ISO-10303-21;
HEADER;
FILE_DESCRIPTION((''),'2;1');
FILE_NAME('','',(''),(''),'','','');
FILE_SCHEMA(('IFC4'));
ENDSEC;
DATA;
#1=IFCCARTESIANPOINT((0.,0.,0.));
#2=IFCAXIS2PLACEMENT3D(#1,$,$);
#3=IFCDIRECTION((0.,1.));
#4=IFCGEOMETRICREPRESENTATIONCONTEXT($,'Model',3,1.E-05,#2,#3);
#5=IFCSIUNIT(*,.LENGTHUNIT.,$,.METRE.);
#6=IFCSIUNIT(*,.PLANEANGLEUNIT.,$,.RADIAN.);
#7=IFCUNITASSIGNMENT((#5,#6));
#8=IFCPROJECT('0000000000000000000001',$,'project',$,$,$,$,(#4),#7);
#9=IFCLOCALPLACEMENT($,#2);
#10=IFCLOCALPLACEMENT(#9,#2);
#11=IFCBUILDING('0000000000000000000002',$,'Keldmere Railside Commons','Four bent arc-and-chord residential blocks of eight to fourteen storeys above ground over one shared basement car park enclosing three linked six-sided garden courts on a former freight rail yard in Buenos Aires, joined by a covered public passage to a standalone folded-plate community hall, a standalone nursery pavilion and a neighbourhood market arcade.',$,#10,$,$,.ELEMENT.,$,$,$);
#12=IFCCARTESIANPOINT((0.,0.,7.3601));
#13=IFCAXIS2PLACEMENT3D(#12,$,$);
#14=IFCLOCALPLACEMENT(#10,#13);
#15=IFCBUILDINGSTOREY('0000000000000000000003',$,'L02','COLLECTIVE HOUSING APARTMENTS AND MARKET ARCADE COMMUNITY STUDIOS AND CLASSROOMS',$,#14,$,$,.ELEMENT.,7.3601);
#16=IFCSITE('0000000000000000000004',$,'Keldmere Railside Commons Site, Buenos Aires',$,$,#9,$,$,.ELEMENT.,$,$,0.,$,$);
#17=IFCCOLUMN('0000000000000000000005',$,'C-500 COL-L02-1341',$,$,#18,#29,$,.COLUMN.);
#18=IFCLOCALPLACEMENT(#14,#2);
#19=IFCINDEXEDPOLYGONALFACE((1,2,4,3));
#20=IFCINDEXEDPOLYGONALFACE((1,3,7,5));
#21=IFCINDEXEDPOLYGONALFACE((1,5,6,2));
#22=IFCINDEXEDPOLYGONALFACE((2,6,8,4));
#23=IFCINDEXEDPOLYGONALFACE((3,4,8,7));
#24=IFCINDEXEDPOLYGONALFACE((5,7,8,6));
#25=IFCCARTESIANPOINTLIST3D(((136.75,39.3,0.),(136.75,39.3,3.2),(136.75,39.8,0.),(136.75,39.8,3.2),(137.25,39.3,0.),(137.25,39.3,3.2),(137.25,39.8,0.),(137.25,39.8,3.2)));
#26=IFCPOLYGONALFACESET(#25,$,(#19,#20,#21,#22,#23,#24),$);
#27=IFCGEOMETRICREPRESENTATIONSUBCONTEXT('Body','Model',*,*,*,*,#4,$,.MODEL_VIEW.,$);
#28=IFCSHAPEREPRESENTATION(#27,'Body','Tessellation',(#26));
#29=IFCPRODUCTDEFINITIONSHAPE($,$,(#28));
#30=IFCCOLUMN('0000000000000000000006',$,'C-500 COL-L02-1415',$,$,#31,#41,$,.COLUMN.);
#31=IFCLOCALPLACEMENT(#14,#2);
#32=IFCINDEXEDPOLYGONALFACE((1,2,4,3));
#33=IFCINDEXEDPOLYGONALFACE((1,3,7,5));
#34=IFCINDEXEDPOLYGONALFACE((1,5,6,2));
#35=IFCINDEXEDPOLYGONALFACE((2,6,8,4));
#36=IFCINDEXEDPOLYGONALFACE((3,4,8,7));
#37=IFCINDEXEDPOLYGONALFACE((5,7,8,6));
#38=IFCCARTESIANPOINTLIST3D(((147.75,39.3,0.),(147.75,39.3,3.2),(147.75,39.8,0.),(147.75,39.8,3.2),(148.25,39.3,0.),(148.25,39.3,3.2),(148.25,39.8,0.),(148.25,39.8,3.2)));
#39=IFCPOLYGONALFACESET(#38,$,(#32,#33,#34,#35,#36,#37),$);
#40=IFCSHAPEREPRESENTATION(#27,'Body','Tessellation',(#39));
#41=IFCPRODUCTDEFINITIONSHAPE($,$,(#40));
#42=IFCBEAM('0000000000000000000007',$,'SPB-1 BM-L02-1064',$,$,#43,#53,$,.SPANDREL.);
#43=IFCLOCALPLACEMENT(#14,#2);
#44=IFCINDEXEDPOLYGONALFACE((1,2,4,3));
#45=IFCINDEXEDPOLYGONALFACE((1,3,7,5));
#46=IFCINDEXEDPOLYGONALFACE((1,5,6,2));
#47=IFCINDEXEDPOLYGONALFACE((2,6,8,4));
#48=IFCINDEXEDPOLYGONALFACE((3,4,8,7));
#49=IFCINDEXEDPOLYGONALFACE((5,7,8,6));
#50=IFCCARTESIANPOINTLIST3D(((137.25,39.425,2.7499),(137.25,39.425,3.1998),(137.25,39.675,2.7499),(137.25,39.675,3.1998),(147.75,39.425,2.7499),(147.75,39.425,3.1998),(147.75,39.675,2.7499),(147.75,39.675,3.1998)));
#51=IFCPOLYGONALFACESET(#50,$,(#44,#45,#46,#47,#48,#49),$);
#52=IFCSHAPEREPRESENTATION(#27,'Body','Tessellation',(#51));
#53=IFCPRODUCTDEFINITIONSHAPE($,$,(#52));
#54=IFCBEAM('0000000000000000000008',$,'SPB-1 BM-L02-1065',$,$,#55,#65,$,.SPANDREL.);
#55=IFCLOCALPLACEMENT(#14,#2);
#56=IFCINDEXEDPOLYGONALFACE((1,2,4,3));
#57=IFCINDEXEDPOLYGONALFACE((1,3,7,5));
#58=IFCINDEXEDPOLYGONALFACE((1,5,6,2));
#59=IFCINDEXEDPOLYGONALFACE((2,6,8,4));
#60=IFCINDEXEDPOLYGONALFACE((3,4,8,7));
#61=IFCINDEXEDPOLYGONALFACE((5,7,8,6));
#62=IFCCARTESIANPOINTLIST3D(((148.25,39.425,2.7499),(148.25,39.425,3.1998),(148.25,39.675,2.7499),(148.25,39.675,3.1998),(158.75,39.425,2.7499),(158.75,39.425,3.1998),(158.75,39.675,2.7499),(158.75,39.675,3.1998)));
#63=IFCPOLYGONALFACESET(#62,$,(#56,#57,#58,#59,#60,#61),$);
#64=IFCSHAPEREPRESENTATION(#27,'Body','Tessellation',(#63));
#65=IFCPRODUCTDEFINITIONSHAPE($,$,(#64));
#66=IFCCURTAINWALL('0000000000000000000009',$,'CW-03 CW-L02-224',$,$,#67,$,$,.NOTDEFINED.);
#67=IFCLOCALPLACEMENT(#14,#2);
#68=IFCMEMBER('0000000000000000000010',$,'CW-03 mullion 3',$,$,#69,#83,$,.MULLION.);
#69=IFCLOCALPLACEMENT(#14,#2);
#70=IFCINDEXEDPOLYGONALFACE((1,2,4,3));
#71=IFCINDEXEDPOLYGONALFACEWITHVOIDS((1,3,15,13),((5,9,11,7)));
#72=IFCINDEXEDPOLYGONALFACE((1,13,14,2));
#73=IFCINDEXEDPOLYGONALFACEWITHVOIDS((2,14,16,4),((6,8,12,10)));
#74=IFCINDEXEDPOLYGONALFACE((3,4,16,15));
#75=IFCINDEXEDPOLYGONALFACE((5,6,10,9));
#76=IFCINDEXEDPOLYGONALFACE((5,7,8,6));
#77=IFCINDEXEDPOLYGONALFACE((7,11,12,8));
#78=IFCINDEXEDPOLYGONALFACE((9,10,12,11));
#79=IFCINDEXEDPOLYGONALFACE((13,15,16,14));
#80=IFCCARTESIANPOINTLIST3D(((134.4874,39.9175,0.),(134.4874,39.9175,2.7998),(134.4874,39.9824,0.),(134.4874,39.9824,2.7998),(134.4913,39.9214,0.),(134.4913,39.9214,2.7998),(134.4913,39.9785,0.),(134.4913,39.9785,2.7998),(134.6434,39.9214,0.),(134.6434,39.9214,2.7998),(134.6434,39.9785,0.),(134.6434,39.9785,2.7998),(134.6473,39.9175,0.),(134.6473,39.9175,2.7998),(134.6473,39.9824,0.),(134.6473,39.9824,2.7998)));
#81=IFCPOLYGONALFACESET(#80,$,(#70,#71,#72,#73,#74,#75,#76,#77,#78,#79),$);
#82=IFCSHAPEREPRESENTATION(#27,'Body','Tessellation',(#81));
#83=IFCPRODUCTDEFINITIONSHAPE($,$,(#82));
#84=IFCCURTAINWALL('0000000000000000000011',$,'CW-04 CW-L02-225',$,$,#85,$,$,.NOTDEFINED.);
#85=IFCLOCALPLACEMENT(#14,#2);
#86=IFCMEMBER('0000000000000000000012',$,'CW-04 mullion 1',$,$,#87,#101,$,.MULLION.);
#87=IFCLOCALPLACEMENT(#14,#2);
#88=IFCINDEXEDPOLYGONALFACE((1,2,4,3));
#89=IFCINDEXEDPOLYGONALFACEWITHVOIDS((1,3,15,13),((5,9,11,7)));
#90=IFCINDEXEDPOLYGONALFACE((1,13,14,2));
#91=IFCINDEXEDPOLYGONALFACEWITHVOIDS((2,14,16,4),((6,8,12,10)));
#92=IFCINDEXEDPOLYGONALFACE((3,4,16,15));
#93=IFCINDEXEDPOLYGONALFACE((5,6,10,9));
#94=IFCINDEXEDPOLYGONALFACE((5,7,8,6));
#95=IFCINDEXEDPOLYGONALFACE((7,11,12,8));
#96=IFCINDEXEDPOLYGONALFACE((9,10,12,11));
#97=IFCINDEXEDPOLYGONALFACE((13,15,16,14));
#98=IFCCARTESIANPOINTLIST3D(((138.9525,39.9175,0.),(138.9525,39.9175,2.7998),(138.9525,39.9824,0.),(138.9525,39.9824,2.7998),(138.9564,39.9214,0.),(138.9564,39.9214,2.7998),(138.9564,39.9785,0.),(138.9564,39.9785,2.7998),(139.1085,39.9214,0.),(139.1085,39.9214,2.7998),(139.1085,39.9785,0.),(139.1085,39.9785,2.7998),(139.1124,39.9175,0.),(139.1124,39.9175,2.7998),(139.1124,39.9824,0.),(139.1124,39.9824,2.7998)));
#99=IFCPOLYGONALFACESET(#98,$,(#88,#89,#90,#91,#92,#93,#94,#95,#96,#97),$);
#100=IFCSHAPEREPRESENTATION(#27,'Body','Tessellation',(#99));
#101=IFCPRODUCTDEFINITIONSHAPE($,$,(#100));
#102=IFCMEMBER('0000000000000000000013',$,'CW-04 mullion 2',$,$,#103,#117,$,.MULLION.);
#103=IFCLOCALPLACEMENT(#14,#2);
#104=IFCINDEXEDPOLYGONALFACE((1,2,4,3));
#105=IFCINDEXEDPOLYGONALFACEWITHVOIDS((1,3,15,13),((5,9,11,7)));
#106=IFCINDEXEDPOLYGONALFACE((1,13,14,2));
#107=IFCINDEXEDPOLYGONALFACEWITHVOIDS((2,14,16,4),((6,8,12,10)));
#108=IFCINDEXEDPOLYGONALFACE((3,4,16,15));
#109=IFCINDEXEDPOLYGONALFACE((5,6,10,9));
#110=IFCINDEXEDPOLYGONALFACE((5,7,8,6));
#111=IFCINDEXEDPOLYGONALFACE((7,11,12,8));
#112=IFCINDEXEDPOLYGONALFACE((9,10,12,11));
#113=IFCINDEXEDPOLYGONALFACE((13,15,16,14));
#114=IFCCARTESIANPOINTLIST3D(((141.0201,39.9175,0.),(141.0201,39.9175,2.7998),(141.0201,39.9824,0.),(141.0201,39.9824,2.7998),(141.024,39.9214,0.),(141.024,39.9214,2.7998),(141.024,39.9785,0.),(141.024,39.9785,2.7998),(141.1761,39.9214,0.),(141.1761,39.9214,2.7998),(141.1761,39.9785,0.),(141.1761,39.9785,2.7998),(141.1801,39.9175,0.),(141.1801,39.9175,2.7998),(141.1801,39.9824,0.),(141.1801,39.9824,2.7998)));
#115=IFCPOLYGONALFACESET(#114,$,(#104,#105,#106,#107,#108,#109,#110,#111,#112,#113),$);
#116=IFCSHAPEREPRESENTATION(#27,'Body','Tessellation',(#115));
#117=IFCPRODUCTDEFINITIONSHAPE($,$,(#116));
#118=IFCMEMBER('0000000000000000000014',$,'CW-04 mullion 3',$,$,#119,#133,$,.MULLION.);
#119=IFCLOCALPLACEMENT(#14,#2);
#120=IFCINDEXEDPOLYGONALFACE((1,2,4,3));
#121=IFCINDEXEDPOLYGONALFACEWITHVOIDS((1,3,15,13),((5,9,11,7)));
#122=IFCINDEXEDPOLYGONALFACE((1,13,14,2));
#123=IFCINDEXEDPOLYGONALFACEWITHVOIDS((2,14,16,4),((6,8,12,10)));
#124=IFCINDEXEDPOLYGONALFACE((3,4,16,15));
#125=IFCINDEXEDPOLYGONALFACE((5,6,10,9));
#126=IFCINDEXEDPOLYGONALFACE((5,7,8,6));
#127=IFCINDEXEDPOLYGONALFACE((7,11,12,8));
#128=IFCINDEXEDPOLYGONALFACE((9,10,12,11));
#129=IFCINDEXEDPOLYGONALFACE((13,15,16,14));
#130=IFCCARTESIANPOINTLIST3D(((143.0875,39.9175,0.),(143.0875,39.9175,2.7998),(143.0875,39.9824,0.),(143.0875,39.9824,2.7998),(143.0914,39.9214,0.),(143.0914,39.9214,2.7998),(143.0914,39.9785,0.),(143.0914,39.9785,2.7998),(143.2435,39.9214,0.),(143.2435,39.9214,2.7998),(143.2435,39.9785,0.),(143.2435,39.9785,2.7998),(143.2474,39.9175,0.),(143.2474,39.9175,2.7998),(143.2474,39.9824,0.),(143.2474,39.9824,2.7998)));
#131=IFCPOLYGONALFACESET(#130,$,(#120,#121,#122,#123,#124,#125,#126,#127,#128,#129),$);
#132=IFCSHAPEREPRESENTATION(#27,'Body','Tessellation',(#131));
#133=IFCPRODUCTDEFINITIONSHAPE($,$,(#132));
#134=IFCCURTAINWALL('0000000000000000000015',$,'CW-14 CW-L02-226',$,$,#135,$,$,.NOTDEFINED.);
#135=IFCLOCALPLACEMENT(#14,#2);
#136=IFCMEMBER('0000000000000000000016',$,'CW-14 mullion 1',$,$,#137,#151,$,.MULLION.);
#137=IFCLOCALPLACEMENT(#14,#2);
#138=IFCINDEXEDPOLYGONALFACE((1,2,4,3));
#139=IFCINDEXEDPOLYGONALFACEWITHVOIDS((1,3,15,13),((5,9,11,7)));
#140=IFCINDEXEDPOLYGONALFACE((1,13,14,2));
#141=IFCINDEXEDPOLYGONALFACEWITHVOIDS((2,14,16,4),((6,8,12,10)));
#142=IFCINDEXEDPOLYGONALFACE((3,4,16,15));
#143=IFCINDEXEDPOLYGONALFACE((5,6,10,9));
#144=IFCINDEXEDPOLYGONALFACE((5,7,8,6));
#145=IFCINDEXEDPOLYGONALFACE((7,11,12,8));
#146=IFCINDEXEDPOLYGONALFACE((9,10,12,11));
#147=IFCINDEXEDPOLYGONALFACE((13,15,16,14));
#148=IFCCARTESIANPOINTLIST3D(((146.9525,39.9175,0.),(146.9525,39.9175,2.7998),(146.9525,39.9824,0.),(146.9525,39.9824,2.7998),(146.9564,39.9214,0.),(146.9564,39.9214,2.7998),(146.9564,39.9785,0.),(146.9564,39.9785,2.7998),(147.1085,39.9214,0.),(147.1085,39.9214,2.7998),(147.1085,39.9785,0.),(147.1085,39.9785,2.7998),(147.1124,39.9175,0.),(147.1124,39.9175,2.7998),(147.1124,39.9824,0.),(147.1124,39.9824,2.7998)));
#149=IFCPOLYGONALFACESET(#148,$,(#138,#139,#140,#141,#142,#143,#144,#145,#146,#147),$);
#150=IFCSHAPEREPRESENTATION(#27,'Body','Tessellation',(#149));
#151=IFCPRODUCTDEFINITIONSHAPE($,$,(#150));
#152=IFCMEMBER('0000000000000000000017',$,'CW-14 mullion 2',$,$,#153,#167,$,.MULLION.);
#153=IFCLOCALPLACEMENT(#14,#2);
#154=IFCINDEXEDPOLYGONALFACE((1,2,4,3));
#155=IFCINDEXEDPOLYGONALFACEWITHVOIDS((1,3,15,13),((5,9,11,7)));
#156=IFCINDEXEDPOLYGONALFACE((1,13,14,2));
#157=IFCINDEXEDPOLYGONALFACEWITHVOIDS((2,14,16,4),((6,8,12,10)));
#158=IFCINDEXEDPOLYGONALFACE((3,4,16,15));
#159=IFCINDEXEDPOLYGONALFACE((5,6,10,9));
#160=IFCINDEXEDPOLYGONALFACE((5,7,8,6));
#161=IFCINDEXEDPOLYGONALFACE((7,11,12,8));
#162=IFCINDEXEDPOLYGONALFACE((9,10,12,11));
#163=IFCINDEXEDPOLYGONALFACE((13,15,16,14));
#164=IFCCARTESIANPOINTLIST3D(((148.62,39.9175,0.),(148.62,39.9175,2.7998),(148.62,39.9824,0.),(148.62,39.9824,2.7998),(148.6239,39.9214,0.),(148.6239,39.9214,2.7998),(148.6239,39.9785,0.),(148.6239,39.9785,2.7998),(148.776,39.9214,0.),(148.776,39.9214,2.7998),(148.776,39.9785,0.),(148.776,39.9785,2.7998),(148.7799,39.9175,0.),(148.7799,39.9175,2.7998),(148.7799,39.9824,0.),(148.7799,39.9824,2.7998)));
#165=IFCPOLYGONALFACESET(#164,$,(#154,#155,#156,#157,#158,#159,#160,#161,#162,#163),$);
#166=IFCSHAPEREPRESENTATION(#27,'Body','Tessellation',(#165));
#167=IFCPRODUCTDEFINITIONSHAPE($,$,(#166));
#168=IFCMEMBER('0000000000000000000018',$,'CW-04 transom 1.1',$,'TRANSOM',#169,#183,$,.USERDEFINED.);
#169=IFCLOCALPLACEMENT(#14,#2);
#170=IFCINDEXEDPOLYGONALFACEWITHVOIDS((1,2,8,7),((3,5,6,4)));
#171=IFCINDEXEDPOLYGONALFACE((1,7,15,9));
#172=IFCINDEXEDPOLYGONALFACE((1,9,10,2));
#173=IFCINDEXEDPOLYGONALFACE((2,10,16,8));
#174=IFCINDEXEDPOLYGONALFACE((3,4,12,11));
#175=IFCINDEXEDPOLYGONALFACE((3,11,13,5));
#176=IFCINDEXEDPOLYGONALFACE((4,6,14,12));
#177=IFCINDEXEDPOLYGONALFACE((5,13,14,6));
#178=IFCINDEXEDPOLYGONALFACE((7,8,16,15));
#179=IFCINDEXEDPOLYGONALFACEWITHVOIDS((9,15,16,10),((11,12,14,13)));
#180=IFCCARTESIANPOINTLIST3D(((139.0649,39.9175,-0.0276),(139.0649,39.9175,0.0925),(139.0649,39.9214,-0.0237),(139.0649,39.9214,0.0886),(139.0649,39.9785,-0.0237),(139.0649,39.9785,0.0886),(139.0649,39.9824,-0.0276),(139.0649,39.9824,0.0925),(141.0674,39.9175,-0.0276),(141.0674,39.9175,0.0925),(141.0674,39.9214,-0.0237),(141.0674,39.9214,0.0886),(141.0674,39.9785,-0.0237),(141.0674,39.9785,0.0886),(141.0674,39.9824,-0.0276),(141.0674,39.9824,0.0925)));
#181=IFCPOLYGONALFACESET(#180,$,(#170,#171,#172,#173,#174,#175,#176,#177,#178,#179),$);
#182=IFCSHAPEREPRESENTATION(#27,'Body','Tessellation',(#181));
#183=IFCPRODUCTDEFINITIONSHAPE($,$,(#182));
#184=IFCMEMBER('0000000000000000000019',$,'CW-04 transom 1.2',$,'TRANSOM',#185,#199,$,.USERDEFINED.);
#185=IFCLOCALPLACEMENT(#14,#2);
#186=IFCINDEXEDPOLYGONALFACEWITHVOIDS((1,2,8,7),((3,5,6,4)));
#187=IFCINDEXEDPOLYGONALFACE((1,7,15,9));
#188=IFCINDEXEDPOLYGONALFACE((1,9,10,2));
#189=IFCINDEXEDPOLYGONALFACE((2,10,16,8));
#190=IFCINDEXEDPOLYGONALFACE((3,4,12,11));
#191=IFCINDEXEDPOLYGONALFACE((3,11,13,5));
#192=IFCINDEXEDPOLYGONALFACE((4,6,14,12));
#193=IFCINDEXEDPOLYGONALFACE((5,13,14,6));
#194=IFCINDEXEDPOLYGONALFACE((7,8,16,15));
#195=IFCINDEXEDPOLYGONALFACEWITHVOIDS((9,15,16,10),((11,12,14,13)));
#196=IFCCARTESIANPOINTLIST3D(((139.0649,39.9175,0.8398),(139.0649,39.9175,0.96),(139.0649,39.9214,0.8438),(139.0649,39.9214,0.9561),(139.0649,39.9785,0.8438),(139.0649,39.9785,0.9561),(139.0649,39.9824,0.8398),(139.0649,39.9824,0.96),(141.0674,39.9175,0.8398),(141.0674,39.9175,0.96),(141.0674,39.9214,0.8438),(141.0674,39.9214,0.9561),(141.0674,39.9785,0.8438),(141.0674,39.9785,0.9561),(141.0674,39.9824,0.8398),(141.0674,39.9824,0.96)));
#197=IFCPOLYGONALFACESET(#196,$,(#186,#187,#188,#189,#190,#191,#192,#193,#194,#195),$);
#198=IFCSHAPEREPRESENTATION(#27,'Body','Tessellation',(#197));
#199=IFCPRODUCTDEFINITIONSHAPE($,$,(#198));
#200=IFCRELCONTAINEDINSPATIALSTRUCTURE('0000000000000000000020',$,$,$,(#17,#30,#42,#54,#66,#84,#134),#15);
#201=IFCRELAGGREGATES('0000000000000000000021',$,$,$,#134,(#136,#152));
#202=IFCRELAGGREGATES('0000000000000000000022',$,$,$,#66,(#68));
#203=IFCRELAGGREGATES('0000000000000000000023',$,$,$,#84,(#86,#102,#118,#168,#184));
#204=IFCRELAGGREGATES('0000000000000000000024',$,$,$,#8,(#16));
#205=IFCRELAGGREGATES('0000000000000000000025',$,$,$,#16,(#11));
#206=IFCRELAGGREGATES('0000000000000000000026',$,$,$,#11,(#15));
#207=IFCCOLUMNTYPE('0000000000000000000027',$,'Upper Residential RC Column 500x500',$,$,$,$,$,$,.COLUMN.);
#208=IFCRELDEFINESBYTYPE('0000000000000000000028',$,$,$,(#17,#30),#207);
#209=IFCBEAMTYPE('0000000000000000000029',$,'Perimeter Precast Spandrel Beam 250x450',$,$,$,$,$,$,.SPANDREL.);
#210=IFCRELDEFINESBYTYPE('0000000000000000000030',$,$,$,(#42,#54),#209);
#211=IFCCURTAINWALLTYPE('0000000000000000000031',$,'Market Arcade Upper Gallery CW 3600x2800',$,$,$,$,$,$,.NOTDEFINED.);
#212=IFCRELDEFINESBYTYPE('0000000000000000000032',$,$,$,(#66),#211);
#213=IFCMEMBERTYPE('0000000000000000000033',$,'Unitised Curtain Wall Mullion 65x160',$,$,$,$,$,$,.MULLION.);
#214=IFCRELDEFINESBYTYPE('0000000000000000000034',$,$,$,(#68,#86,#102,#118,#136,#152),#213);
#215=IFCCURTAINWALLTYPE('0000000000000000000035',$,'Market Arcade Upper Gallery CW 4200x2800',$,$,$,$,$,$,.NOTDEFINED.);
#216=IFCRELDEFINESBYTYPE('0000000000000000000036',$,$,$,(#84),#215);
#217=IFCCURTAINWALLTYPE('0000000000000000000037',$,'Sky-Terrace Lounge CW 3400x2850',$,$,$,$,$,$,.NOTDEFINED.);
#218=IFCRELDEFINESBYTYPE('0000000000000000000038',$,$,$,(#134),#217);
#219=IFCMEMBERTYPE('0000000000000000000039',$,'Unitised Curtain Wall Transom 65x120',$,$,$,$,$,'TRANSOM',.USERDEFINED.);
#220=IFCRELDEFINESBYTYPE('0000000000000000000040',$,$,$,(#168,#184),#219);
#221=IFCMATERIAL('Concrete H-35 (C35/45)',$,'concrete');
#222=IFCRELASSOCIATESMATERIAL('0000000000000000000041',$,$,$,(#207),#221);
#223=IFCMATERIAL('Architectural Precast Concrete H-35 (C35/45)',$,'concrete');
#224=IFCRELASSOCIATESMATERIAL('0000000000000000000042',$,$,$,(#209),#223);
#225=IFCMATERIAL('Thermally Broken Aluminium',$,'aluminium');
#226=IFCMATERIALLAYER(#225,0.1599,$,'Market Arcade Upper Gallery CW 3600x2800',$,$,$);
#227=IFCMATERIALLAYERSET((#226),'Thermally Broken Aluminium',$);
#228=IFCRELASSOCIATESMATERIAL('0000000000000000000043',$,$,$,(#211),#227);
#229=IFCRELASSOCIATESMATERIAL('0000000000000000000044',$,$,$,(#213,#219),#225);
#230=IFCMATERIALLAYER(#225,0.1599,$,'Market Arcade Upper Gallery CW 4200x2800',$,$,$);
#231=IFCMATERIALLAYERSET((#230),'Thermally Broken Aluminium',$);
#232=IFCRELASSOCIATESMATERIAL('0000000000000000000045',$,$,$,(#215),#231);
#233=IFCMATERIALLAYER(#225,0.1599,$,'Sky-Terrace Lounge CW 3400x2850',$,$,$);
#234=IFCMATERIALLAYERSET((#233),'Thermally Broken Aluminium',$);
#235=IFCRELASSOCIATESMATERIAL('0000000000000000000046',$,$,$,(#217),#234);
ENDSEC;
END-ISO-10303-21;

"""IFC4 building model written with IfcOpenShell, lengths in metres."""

from ifc_helpers import new_model, si_unit, direction, frame, origin, origin_2d, place, context, subcontext, project, spatial, rectangle, hollow_rectangle, extrude, material, layer, layer_set, material_profile, profile_set, type_object, element, aggregate, save


model = new_model("IFC4")

# Units and contexts
model_context = context("Model", 3, precision=1e-05, world=origin(), true_north=direction((0.0, 1.0)))
body_context = subcontext(model_context, "Body", "Model", "MODEL_VIEW")
ifc_project = project(units=[si_unit("LENGTHUNIT", "METRE"), si_unit("PLANEANGLEUNIT", "RADIAN")], contexts=[model_context])

# Site, building, storey
site_placement = place(None, origin())
site = spatial("IfcSite", under=ifc_project, at=site_placement, Name="Keldmere Railside Commons Site, Buenos Aires", CompositionType="ELEMENT", RefElevation=0.0)
building_placement = place(site_placement, origin())
building = spatial("IfcBuilding", under=site, at=building_placement, Name="Keldmere Railside Commons", Description="Four bent arc-and-chord residential blocks of eight to fourteen storeys above ground over one shared basement car park enclosing three linked six-sided garden courts on a former freight rail yard in Buenos Aires, joined by a covered public passage to a standalone folded-plate community hall, a standalone nursery pavilion and a neighbourhood market arcade.", CompositionType="ELEMENT")
storey_placement = place(building_placement, frame((0.0, 0.0, 7.3601)))
storey = spatial("IfcBuildingStorey", under=building, at=storey_placement, Name="L02", Description="COLLECTIVE HOUSING APARTMENTS AND MARKET ARCADE COMMUNITY STUDIOS AND CLASSROOMS", CompositionType="ELEMENT", Elevation=7.3601)

# Columns
ifc_material_1 = material(Name="Concrete H-35 (C35/45)", Category="concrete")
ifc_material_profile_1 = material_profile(ifc_material_1, rectangle(XDim=0.5, YDim=0.5, at=origin_2d()), Name="RC-500x500")
ifc_profile_set_1 = profile_set([ifc_material_profile_1], Name="Concrete H-35 (C35/45)")
column_type = type_object("IfcColumnType", Name="Upper Residential RC Column 500x500", PredefinedType="COLUMN", material=ifc_profile_set_1)
for number, where, z_axis, x_axis, name in (
    (1, (137.0, 39.55, 0.0), (0.0, 0.0, 1.0), (1.0, 0.0, 0.0), "C-500 COL-L02-1341"),
    (2, (148.0, 39.55, 0.0), (0.0, 0.0, 1.0), (1.0, 0.0, 0.0), "C-500 COL-L02-1415"),
):
    element("IfcColumn", number, at=place(storey_placement, frame(where, z_axis=z_axis, x_axis=x_axis)), inside=storey, type_object=column_type, Name=name, PredefinedType="COLUMN", context=body_context, shape_type="SweptSolid", body=[
        extrude(rectangle(XDim=0.5, YDim=0.5, at=origin_2d()), origin(), (0.0, 0.0, 1.0), 3.2),
    ])

# Beams
ifc_material_2 = material(Name="Architectural Precast Concrete H-35 (C35/45)", Category="concrete")
ifc_material_profile_2 = material_profile(ifc_material_2, rectangle(XDim=0.25, YDim=0.45, at=origin_2d()), Name="RC-250x450")
ifc_profile_set_2 = profile_set([ifc_material_profile_2], Name="Architectural Precast Concrete H-35 (C35/45)")
beam_type = type_object("IfcBeamType", Name="Perimeter Precast Spandrel Beam 250x450", PredefinedType="SPANDREL", material=ifc_profile_set_2)
for number, where, z_axis, x_axis, name in (
    (3, (137.25, 39.55, 2.9749), (1.0, 0.0, 0.0), (0.0, 1.0, 0.0), "SPB-1 BM-L02-1064"),
    (4, (148.25, 39.55, 2.9749), (1.0, 0.0, 0.0), (0.0, 1.0, 0.0), "SPB-1 BM-L02-1065"),
):
    element("IfcBeam", number, at=place(storey_placement, frame(where, z_axis=z_axis, x_axis=x_axis)), inside=storey, type_object=beam_type, Name=name, PredefinedType="SPANDREL", context=body_context, shape_type="SweptSolid", body=[
        extrude(rectangle(XDim=0.25, YDim=0.45, at=origin_2d()), origin(), (0.0, 0.0, 1.0), 10.5),
    ])

# Curtain wall, member
ifc_material_3 = material(Name="Thermally Broken Aluminium", Category="aluminium")
ifc_layer_1 = layer(ifc_material_3, 0.1599, Name="Market Arcade Upper Gallery CW 3600x2800")
ifc_layer_set_1 = layer_set([ifc_layer_1], Name="Thermally Broken Aluminium")
curtain_wall_type_1 = type_object("IfcCurtainWallType", Name="Market Arcade Upper Gallery CW 3600x2800", PredefinedType="NOTDEFINED", material=ifc_layer_set_1)
curtain_wall_1_placement = place(storey_placement, origin())
curtain_wall_1 = element("IfcCurtainWall", 5, at=curtain_wall_1_placement, inside=storey, type_object=curtain_wall_type_1, Name="CW-03 CW-L02-224", PredefinedType="NOTDEFINED")
ifc_material_profile_3 = material_profile(ifc_material_3, hollow_rectangle(XDim=0.0649, YDim=0.1599, WallThickness=0.0039, at=origin_2d()), Name="ALU-MULL-65x160")
ifc_profile_set_3 = profile_set([ifc_material_profile_3], Name="Thermally Broken Aluminium")
member_type_1 = type_object("IfcMemberType", Name="Unitised Curtain Wall Mullion 65x160", PredefinedType="MULLION", material=ifc_profile_set_3)
member_1_placement = place(storey_placement, frame((134.5674, 39.95, 0.0), z_axis=(0.0, 0.0, 1.0), x_axis=(0.0, 1.0, 0.0)))
member_1 = element("IfcMember", 6, at=member_1_placement, type_object=member_type_1, Name="CW-03 mullion 3", PredefinedType="MULLION", context=body_context, shape_type="SweptSolid", body=[
    extrude(hollow_rectangle(XDim=0.0649, YDim=0.1599, WallThickness=0.0039, at=origin_2d()), origin(), (0.0, 0.0, 1.0), 2.7998),
])

# Curtain walls, members
ifc_layer_2 = layer(ifc_material_3, 0.1599, Name="Market Arcade Upper Gallery CW 4200x2800")
ifc_layer_set_2 = layer_set([ifc_layer_2], Name="Thermally Broken Aluminium")
curtain_wall_type_2 = type_object("IfcCurtainWallType", Name="Market Arcade Upper Gallery CW 4200x2800", PredefinedType="NOTDEFINED", material=ifc_layer_set_2)
curtain_wall_2_placement = place(storey_placement, origin())
curtain_wall_2 = element("IfcCurtainWall", 7, at=curtain_wall_2_placement, inside=storey, type_object=curtain_wall_type_2, Name="CW-04 CW-L02-225", PredefinedType="NOTDEFINED")
member_2_placement = place(storey_placement, frame((139.0325, 39.95, 0.0), z_axis=(0.0, 0.0, 1.0), x_axis=(0.0, 1.0, 0.0)))
member_2 = element("IfcMember", 8, at=member_2_placement, type_object=member_type_1, Name="CW-04 mullion 1", PredefinedType="MULLION", context=body_context, shape_type="SweptSolid", body=[
    extrude(hollow_rectangle(XDim=0.0649, YDim=0.1599, WallThickness=0.0039, at=origin_2d()), origin(), (0.0, 0.0, 1.0), 2.7998),
])
member_3_placement = place(storey_placement, frame((141.1001, 39.95, 0.0), z_axis=(0.0, 0.0, 1.0), x_axis=(0.0, 1.0, 0.0)))
member_3 = element("IfcMember", 9, at=member_3_placement, type_object=member_type_1, Name="CW-04 mullion 2", PredefinedType="MULLION", context=body_context, shape_type="SweptSolid", body=[
    extrude(hollow_rectangle(XDim=0.0649, YDim=0.1599, WallThickness=0.0039, at=origin_2d()), origin(), (0.0, 0.0, 1.0), 2.7998),
])
member_4_placement = place(storey_placement, frame((143.1675, 39.95, 0.0), z_axis=(0.0, 0.0, 1.0), x_axis=(0.0, 1.0, 0.0)))
member_4 = element("IfcMember", 10, at=member_4_placement, type_object=member_type_1, Name="CW-04 mullion 3", PredefinedType="MULLION", context=body_context, shape_type="SweptSolid", body=[
    extrude(hollow_rectangle(XDim=0.0649, YDim=0.1599, WallThickness=0.0039, at=origin_2d()), origin(), (0.0, 0.0, 1.0), 2.7998),
])
ifc_layer_3 = layer(ifc_material_3, 0.1599, Name="Sky-Terrace Lounge CW 3400x2850")
ifc_layer_set_3 = layer_set([ifc_layer_3], Name="Thermally Broken Aluminium")
curtain_wall_type_3 = type_object("IfcCurtainWallType", Name="Sky-Terrace Lounge CW 3400x2850", PredefinedType="NOTDEFINED", material=ifc_layer_set_3)
curtain_wall_3_placement = place(storey_placement, origin())
curtain_wall_3 = element("IfcCurtainWall", 11, at=curtain_wall_3_placement, inside=storey, type_object=curtain_wall_type_3, Name="CW-14 CW-L02-226", PredefinedType="NOTDEFINED")
member_5_placement = place(storey_placement, frame((147.0325, 39.95, 0.0), z_axis=(0.0, 0.0, 1.0), x_axis=(0.0, 1.0, 0.0)))
member_5 = element("IfcMember", 12, at=member_5_placement, type_object=member_type_1, Name="CW-14 mullion 1", PredefinedType="MULLION", context=body_context, shape_type="SweptSolid", body=[
    extrude(hollow_rectangle(XDim=0.0649, YDim=0.1599, WallThickness=0.0039, at=origin_2d()), origin(), (0.0, 0.0, 1.0), 2.7998),
])
member_6_placement = place(storey_placement, frame((148.7, 39.95, 0.0), z_axis=(0.0, 0.0, 1.0), x_axis=(0.0, 1.0, 0.0)))
member_6 = element("IfcMember", 13, at=member_6_placement, type_object=member_type_1, Name="CW-14 mullion 2", PredefinedType="MULLION", context=body_context, shape_type="SweptSolid", body=[
    extrude(hollow_rectangle(XDim=0.0649, YDim=0.1599, WallThickness=0.0039, at=origin_2d()), origin(), (0.0, 0.0, 1.0), 2.7998),
])

# Members
ifc_material_profile_4 = material_profile(ifc_material_3, hollow_rectangle(XDim=0.0649, YDim=0.1201, WallThickness=0.0039, at=origin_2d()), Name="ALU-TRAN-65x120")
ifc_profile_set_4 = profile_set([ifc_material_profile_4], Name="Thermally Broken Aluminium")
member_type_2 = type_object("IfcMemberType", Name="Unitised Curtain Wall Transom 65x120", ElementType="TRANSOM", PredefinedType="USERDEFINED", material=ifc_profile_set_4)
member_7_placement = place(storey_placement, frame((139.0649, 39.95, 0.0325), z_axis=(1.0, 0.0, 0.0), x_axis=(0.0, 1.0, 0.0)))
member_7 = element("IfcMember", 14, at=member_7_placement, type_object=member_type_2, Name="CW-04 transom 1.1", ObjectType="TRANSOM", PredefinedType="USERDEFINED", context=body_context, shape_type="SweptSolid", body=[
    extrude(hollow_rectangle(XDim=0.0649, YDim=0.1201, WallThickness=0.0039, at=origin_2d()), origin(), (0.0, 0.0, 1.0), 2.0024),
])
member_8_placement = place(storey_placement, frame((139.0649, 39.95, 0.8999), z_axis=(1.0, 0.0, 0.0), x_axis=(0.0, 1.0, 0.0)))
member_8 = element("IfcMember", 15, at=member_8_placement, type_object=member_type_2, Name="CW-04 transom 1.2", ObjectType="TRANSOM", PredefinedType="USERDEFINED", context=body_context, shape_type="SweptSolid", body=[
    extrude(hollow_rectangle(XDim=0.0649, YDim=0.1201, WallThickness=0.0039, at=origin_2d()), origin(), (0.0, 0.0, 1.0), 2.0024),
])

aggregate(curtain_wall_3, [member_5, member_6])
aggregate(curtain_wall_1, [member_1])
aggregate(curtain_wall_2, [member_2, member_3, member_4, member_7, member_8])

save(model, "model.ifc")
